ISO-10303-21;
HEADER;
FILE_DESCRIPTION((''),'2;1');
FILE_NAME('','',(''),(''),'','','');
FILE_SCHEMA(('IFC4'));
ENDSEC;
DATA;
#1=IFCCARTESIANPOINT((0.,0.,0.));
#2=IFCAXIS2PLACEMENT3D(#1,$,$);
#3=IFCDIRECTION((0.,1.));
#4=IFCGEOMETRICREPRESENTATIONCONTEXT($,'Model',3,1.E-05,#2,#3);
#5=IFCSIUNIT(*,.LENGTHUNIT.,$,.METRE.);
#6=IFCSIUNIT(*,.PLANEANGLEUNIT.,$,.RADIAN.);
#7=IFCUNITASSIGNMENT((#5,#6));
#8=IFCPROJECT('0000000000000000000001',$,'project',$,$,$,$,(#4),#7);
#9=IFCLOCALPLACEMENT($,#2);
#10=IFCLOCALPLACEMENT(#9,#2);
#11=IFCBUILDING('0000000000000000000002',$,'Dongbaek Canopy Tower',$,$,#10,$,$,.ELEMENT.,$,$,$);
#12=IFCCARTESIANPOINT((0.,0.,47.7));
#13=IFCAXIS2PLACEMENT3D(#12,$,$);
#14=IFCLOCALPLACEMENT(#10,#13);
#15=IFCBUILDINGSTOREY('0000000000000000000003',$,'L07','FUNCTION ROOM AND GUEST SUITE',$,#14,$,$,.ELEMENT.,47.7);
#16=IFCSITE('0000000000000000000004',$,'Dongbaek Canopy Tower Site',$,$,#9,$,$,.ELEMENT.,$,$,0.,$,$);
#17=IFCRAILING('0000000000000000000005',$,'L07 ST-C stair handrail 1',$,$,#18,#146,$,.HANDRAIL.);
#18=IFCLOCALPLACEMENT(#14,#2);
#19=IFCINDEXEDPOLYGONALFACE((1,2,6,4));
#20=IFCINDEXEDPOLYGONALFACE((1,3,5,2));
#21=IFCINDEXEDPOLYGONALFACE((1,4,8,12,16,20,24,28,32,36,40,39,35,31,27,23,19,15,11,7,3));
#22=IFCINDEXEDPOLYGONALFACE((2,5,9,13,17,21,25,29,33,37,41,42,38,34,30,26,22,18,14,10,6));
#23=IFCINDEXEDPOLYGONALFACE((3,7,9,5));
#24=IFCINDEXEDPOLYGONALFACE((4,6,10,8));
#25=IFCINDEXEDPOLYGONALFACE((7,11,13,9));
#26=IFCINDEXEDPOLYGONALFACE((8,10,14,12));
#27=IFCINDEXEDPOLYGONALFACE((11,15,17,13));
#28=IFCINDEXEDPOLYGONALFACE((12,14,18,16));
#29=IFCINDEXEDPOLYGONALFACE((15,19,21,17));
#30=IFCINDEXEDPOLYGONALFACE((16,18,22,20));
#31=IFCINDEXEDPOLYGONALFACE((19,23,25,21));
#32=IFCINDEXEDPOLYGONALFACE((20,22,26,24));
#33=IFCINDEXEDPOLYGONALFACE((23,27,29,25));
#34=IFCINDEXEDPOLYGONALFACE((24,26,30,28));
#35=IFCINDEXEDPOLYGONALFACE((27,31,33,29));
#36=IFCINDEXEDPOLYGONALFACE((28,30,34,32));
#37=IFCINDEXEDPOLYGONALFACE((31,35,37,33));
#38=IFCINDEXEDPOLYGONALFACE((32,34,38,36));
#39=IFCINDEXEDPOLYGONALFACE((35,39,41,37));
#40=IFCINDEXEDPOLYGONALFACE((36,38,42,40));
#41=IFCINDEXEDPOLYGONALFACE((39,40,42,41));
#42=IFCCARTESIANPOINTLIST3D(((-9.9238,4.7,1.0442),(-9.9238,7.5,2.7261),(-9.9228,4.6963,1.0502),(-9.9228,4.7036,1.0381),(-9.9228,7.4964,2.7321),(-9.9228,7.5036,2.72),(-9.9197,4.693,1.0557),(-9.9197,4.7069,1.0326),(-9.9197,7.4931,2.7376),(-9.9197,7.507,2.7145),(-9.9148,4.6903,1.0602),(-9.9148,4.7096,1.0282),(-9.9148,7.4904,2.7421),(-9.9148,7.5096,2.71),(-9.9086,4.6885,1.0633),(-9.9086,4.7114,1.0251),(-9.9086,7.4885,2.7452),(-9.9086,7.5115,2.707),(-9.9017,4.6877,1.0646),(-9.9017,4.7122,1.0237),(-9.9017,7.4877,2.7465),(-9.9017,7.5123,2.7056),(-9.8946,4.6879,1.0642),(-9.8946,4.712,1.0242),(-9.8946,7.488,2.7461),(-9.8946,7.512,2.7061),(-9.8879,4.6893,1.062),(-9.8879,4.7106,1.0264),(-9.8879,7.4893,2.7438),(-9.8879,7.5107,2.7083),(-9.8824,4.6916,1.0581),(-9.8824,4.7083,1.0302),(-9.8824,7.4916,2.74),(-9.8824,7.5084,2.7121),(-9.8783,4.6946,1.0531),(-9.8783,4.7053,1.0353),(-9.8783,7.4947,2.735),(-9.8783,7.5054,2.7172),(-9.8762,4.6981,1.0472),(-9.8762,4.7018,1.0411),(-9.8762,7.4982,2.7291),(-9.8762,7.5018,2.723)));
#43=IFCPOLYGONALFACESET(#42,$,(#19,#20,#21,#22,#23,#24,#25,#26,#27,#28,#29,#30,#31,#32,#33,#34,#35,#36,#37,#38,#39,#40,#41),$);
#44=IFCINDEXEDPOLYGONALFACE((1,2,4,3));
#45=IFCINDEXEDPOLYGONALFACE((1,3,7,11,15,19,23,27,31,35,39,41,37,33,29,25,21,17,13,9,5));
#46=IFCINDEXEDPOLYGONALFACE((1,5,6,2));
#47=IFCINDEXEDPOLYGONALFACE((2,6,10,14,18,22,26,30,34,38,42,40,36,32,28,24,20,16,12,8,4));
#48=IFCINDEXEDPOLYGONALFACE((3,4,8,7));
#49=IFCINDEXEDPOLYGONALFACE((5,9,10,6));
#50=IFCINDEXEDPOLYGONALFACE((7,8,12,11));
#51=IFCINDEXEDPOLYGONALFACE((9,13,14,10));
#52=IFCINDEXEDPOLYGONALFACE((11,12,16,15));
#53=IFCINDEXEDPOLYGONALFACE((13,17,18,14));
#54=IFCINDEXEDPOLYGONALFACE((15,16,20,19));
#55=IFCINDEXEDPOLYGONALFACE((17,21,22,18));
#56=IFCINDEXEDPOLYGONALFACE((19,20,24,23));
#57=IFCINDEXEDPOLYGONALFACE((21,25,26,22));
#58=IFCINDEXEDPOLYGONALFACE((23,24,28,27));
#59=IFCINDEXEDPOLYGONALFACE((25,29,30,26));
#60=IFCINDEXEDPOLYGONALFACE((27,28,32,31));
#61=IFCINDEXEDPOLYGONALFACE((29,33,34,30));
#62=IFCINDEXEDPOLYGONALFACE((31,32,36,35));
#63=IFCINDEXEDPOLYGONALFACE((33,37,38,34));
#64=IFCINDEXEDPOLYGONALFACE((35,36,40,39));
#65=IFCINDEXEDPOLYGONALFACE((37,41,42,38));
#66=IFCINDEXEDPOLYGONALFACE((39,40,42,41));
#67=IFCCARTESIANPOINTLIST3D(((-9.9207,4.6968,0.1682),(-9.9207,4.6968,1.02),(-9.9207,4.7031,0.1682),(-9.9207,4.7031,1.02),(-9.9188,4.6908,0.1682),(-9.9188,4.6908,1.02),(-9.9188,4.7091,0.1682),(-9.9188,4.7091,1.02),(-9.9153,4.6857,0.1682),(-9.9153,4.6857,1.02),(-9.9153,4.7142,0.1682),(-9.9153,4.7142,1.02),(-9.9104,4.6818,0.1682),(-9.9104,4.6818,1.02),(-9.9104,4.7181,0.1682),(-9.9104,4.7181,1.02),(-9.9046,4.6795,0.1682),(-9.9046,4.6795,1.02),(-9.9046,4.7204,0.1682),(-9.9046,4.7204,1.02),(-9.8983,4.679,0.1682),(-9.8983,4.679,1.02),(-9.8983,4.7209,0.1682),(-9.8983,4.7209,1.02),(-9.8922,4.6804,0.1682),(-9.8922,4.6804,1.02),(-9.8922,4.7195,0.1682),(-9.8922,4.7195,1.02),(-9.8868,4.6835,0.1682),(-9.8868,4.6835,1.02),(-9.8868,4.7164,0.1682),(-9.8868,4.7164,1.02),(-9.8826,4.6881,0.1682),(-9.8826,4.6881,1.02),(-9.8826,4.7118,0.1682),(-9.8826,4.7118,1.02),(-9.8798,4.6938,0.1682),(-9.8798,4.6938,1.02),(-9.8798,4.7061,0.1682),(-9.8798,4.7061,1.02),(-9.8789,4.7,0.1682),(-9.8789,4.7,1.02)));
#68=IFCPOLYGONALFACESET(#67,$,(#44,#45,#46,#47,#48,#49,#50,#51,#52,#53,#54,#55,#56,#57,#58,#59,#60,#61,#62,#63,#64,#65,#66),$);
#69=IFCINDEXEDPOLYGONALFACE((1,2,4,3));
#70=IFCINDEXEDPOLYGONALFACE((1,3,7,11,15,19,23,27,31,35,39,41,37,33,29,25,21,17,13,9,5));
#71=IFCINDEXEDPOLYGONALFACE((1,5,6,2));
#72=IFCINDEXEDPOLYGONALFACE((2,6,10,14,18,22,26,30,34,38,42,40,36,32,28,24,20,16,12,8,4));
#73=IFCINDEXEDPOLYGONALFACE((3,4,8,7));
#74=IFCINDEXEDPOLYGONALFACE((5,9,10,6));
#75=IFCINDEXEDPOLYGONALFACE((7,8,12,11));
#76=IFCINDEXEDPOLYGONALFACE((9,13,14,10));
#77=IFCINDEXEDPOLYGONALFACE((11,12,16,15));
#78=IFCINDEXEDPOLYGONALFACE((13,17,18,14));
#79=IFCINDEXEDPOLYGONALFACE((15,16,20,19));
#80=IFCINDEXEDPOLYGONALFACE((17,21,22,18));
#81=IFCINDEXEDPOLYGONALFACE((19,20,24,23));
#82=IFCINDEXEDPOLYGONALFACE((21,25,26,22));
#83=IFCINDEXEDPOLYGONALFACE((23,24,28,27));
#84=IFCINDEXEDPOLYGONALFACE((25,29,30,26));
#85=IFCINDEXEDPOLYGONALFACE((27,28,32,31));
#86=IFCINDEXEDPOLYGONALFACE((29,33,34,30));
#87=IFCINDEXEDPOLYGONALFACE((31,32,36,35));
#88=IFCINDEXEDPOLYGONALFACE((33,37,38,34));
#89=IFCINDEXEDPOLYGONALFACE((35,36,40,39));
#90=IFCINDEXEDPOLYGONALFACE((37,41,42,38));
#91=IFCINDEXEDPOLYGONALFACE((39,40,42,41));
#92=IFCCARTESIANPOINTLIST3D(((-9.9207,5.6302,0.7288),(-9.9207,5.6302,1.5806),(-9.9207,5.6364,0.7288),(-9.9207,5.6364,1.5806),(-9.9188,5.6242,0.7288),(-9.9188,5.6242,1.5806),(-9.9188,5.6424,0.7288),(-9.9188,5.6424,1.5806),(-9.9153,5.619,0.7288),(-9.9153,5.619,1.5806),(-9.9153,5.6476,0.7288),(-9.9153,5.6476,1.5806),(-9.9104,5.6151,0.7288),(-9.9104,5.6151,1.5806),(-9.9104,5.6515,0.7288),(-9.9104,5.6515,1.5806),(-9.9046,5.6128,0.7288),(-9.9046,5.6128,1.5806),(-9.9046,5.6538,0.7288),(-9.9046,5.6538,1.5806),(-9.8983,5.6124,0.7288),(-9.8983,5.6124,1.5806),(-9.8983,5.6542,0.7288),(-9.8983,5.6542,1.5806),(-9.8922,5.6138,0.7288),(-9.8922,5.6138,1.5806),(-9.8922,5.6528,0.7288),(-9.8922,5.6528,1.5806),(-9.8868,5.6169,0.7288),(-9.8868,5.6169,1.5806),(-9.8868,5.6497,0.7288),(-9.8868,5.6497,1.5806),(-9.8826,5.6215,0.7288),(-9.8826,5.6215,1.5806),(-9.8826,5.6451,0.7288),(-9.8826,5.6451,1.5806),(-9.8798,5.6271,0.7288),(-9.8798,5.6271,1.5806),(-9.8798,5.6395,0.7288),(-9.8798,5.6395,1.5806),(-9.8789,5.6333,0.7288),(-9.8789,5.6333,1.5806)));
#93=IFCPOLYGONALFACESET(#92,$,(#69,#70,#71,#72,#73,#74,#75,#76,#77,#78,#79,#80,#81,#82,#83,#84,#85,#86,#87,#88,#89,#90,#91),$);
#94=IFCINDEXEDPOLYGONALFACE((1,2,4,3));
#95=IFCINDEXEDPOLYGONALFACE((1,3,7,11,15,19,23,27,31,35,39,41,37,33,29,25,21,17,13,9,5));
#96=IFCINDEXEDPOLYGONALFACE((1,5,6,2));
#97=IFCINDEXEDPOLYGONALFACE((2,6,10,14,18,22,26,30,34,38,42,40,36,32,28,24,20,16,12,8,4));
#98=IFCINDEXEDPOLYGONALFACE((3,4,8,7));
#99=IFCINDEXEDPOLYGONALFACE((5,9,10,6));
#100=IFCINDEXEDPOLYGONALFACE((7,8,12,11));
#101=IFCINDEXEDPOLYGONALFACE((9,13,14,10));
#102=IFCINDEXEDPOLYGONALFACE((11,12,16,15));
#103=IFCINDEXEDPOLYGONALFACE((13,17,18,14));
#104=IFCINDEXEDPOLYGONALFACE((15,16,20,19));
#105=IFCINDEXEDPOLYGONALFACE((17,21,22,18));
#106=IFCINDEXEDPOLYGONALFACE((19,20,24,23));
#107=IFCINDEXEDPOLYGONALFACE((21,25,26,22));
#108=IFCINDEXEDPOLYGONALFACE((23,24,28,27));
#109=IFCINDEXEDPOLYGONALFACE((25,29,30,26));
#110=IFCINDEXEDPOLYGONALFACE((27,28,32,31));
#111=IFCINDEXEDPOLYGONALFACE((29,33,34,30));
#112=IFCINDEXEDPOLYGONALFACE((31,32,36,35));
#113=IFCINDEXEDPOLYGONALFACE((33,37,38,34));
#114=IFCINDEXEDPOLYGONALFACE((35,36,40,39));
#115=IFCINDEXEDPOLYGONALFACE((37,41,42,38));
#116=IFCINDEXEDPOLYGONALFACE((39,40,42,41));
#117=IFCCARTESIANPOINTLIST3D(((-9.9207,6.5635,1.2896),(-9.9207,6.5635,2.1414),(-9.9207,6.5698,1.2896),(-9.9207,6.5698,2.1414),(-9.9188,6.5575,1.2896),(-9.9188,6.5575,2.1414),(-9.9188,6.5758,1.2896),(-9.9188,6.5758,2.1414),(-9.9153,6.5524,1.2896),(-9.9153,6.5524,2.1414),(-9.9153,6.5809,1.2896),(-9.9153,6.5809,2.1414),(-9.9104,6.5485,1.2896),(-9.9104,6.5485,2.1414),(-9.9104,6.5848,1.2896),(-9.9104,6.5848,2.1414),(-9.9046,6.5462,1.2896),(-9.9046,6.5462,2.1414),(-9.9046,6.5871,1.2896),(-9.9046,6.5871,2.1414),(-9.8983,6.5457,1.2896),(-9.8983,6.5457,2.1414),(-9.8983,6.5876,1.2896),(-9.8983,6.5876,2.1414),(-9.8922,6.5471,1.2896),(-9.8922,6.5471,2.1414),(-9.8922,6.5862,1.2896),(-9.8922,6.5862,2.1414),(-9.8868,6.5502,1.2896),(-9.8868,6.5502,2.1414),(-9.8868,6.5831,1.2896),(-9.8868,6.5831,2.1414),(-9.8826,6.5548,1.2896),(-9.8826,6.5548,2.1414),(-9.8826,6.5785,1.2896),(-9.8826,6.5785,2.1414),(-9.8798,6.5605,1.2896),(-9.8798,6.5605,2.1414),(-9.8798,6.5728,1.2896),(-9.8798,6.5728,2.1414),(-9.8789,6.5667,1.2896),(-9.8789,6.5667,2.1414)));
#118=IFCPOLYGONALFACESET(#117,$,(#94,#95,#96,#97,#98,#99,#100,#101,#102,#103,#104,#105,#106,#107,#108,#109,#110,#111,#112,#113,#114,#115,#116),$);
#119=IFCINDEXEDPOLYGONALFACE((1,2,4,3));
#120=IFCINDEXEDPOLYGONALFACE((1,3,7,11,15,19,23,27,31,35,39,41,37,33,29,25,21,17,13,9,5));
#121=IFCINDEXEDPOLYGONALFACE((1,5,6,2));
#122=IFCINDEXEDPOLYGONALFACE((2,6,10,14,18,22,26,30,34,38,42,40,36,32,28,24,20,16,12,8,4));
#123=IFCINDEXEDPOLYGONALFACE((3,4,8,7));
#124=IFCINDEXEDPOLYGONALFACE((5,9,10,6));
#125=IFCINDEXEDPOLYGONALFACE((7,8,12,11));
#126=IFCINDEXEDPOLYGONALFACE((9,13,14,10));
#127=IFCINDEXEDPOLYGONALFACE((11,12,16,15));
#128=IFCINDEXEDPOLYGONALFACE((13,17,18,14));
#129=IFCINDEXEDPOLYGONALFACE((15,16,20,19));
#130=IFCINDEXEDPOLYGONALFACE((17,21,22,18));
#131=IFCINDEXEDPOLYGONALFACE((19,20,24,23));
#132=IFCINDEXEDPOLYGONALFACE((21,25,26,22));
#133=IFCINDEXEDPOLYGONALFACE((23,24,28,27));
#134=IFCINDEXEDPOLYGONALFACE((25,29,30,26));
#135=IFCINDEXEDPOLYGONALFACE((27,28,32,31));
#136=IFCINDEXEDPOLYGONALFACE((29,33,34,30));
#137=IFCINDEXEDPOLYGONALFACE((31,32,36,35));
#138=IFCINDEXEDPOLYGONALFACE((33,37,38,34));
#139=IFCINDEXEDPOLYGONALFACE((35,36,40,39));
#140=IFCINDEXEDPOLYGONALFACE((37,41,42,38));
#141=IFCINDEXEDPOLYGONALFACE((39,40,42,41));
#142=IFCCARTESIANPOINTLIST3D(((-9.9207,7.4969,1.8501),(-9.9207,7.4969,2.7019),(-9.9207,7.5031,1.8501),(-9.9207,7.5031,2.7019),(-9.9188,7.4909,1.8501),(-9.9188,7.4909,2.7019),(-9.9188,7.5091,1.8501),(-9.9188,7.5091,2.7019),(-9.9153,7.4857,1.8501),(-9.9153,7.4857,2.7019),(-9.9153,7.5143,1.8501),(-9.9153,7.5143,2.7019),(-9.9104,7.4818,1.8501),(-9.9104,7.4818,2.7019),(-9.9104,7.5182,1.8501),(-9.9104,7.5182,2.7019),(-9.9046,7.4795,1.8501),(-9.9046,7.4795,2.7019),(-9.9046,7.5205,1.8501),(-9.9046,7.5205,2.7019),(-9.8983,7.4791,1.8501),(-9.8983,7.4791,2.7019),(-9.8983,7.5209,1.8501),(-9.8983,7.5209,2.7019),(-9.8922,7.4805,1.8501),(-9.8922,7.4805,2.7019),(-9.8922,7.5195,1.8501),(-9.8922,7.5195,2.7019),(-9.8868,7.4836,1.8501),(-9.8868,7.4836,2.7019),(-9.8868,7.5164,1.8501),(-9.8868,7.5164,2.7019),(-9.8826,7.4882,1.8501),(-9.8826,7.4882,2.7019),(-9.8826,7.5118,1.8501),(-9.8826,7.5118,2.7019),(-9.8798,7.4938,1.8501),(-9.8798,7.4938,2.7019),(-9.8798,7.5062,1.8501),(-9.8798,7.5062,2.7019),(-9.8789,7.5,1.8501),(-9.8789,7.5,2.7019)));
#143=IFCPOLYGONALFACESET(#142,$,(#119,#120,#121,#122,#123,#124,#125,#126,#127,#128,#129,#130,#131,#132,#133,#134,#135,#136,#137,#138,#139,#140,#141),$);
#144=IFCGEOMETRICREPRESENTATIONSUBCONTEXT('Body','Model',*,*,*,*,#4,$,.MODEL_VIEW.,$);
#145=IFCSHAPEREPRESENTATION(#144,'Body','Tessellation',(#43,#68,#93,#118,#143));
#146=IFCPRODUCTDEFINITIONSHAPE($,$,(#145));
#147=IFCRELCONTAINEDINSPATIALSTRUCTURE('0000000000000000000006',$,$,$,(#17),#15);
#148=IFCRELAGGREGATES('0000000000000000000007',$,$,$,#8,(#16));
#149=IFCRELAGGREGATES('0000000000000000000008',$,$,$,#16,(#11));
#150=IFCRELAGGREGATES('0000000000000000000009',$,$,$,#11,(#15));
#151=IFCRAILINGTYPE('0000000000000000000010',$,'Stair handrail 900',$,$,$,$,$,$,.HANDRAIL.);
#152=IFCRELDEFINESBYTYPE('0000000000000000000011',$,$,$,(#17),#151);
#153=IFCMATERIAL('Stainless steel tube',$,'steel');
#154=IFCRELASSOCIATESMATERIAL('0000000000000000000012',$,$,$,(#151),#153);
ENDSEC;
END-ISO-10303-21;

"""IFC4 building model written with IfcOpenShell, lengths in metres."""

from ifc_helpers import new_model, si_unit, direction, frame, origin, origin_2d, place, context, subcontext, project, spatial, circle, extrude, material, type_object, element, save


model = new_model("IFC4")

# Units and contexts
model_context = context("Model", 3, precision=1e-05, world=origin(), true_north=direction((0.0, 1.0)))
body_context = subcontext(model_context, "Body", "Model", "MODEL_VIEW")
ifc_project = project(units=[si_unit("LENGTHUNIT", "METRE"), si_unit("PLANEANGLEUNIT", "RADIAN")], contexts=[model_context])

# Site, building, storey
site_placement = place(None, origin())
site = spatial("IfcSite", under=ifc_project, at=site_placement, Name="Dongbaek Canopy Tower Site", CompositionType="ELEMENT", RefElevation=0.0)
building_placement = place(site_placement, origin())
building = spatial("IfcBuilding", under=site, at=building_placement, Name="Dongbaek Canopy Tower", CompositionType="ELEMENT")
storey_placement = place(building_placement, frame((0.0, 0.0, 47.7)))
storey = spatial("IfcBuildingStorey", under=building, at=storey_placement, Name="L07", Description="FUNCTION ROOM AND GUEST SUITE", CompositionType="ELEMENT", Elevation=47.7)

# Railing
ifc_material_1 = material(Name="Stainless steel tube", Category="steel")
railing_type_1 = type_object("IfcRailingType", Name="Stair handrail 900", PredefinedType="HANDRAIL", material=ifc_material_1)
railing_1_placement = place(storey_placement, frame((-9.8999, 4.7, 0.1682)))
element("IfcRailing", 1, at=railing_1_placement, inside=storey, type_object=railing_type_1, Name="L07 ST-C stair handrail 1", PredefinedType="HANDRAIL", context=body_context, shape_type="SweptSolid", body=[
    extrude(circle(Radius=0.0239, at=origin_2d()), frame((0.0, 0.0, 0.876), z_axis=(0.0, 0.857242, 0.514913), x_axis=(-1.0, 0.0, 0.0)), (0.0, 0.0, 1.0), 3.2664),
    extrude(circle(Radius=0.021, at=origin_2d()), origin(), (0.0, 0.0, 1.0), 0.8518),
    extrude(circle(Radius=0.021, at=origin_2d()), frame((0.0, 0.9333, 0.5605)), (0.0, 0.0, 1.0), 0.8518),
    extrude(circle(Radius=0.021, at=origin_2d()), frame((0.0, 1.8667, 1.1213)), (0.0, 0.0, 1.0), 0.8518),
    extrude(circle(Radius=0.021, at=origin_2d()), frame((0.0, 2.8, 1.6819)), (0.0, 0.0, 1.0), 0.8518),
])

save(model, "model.ifc")
